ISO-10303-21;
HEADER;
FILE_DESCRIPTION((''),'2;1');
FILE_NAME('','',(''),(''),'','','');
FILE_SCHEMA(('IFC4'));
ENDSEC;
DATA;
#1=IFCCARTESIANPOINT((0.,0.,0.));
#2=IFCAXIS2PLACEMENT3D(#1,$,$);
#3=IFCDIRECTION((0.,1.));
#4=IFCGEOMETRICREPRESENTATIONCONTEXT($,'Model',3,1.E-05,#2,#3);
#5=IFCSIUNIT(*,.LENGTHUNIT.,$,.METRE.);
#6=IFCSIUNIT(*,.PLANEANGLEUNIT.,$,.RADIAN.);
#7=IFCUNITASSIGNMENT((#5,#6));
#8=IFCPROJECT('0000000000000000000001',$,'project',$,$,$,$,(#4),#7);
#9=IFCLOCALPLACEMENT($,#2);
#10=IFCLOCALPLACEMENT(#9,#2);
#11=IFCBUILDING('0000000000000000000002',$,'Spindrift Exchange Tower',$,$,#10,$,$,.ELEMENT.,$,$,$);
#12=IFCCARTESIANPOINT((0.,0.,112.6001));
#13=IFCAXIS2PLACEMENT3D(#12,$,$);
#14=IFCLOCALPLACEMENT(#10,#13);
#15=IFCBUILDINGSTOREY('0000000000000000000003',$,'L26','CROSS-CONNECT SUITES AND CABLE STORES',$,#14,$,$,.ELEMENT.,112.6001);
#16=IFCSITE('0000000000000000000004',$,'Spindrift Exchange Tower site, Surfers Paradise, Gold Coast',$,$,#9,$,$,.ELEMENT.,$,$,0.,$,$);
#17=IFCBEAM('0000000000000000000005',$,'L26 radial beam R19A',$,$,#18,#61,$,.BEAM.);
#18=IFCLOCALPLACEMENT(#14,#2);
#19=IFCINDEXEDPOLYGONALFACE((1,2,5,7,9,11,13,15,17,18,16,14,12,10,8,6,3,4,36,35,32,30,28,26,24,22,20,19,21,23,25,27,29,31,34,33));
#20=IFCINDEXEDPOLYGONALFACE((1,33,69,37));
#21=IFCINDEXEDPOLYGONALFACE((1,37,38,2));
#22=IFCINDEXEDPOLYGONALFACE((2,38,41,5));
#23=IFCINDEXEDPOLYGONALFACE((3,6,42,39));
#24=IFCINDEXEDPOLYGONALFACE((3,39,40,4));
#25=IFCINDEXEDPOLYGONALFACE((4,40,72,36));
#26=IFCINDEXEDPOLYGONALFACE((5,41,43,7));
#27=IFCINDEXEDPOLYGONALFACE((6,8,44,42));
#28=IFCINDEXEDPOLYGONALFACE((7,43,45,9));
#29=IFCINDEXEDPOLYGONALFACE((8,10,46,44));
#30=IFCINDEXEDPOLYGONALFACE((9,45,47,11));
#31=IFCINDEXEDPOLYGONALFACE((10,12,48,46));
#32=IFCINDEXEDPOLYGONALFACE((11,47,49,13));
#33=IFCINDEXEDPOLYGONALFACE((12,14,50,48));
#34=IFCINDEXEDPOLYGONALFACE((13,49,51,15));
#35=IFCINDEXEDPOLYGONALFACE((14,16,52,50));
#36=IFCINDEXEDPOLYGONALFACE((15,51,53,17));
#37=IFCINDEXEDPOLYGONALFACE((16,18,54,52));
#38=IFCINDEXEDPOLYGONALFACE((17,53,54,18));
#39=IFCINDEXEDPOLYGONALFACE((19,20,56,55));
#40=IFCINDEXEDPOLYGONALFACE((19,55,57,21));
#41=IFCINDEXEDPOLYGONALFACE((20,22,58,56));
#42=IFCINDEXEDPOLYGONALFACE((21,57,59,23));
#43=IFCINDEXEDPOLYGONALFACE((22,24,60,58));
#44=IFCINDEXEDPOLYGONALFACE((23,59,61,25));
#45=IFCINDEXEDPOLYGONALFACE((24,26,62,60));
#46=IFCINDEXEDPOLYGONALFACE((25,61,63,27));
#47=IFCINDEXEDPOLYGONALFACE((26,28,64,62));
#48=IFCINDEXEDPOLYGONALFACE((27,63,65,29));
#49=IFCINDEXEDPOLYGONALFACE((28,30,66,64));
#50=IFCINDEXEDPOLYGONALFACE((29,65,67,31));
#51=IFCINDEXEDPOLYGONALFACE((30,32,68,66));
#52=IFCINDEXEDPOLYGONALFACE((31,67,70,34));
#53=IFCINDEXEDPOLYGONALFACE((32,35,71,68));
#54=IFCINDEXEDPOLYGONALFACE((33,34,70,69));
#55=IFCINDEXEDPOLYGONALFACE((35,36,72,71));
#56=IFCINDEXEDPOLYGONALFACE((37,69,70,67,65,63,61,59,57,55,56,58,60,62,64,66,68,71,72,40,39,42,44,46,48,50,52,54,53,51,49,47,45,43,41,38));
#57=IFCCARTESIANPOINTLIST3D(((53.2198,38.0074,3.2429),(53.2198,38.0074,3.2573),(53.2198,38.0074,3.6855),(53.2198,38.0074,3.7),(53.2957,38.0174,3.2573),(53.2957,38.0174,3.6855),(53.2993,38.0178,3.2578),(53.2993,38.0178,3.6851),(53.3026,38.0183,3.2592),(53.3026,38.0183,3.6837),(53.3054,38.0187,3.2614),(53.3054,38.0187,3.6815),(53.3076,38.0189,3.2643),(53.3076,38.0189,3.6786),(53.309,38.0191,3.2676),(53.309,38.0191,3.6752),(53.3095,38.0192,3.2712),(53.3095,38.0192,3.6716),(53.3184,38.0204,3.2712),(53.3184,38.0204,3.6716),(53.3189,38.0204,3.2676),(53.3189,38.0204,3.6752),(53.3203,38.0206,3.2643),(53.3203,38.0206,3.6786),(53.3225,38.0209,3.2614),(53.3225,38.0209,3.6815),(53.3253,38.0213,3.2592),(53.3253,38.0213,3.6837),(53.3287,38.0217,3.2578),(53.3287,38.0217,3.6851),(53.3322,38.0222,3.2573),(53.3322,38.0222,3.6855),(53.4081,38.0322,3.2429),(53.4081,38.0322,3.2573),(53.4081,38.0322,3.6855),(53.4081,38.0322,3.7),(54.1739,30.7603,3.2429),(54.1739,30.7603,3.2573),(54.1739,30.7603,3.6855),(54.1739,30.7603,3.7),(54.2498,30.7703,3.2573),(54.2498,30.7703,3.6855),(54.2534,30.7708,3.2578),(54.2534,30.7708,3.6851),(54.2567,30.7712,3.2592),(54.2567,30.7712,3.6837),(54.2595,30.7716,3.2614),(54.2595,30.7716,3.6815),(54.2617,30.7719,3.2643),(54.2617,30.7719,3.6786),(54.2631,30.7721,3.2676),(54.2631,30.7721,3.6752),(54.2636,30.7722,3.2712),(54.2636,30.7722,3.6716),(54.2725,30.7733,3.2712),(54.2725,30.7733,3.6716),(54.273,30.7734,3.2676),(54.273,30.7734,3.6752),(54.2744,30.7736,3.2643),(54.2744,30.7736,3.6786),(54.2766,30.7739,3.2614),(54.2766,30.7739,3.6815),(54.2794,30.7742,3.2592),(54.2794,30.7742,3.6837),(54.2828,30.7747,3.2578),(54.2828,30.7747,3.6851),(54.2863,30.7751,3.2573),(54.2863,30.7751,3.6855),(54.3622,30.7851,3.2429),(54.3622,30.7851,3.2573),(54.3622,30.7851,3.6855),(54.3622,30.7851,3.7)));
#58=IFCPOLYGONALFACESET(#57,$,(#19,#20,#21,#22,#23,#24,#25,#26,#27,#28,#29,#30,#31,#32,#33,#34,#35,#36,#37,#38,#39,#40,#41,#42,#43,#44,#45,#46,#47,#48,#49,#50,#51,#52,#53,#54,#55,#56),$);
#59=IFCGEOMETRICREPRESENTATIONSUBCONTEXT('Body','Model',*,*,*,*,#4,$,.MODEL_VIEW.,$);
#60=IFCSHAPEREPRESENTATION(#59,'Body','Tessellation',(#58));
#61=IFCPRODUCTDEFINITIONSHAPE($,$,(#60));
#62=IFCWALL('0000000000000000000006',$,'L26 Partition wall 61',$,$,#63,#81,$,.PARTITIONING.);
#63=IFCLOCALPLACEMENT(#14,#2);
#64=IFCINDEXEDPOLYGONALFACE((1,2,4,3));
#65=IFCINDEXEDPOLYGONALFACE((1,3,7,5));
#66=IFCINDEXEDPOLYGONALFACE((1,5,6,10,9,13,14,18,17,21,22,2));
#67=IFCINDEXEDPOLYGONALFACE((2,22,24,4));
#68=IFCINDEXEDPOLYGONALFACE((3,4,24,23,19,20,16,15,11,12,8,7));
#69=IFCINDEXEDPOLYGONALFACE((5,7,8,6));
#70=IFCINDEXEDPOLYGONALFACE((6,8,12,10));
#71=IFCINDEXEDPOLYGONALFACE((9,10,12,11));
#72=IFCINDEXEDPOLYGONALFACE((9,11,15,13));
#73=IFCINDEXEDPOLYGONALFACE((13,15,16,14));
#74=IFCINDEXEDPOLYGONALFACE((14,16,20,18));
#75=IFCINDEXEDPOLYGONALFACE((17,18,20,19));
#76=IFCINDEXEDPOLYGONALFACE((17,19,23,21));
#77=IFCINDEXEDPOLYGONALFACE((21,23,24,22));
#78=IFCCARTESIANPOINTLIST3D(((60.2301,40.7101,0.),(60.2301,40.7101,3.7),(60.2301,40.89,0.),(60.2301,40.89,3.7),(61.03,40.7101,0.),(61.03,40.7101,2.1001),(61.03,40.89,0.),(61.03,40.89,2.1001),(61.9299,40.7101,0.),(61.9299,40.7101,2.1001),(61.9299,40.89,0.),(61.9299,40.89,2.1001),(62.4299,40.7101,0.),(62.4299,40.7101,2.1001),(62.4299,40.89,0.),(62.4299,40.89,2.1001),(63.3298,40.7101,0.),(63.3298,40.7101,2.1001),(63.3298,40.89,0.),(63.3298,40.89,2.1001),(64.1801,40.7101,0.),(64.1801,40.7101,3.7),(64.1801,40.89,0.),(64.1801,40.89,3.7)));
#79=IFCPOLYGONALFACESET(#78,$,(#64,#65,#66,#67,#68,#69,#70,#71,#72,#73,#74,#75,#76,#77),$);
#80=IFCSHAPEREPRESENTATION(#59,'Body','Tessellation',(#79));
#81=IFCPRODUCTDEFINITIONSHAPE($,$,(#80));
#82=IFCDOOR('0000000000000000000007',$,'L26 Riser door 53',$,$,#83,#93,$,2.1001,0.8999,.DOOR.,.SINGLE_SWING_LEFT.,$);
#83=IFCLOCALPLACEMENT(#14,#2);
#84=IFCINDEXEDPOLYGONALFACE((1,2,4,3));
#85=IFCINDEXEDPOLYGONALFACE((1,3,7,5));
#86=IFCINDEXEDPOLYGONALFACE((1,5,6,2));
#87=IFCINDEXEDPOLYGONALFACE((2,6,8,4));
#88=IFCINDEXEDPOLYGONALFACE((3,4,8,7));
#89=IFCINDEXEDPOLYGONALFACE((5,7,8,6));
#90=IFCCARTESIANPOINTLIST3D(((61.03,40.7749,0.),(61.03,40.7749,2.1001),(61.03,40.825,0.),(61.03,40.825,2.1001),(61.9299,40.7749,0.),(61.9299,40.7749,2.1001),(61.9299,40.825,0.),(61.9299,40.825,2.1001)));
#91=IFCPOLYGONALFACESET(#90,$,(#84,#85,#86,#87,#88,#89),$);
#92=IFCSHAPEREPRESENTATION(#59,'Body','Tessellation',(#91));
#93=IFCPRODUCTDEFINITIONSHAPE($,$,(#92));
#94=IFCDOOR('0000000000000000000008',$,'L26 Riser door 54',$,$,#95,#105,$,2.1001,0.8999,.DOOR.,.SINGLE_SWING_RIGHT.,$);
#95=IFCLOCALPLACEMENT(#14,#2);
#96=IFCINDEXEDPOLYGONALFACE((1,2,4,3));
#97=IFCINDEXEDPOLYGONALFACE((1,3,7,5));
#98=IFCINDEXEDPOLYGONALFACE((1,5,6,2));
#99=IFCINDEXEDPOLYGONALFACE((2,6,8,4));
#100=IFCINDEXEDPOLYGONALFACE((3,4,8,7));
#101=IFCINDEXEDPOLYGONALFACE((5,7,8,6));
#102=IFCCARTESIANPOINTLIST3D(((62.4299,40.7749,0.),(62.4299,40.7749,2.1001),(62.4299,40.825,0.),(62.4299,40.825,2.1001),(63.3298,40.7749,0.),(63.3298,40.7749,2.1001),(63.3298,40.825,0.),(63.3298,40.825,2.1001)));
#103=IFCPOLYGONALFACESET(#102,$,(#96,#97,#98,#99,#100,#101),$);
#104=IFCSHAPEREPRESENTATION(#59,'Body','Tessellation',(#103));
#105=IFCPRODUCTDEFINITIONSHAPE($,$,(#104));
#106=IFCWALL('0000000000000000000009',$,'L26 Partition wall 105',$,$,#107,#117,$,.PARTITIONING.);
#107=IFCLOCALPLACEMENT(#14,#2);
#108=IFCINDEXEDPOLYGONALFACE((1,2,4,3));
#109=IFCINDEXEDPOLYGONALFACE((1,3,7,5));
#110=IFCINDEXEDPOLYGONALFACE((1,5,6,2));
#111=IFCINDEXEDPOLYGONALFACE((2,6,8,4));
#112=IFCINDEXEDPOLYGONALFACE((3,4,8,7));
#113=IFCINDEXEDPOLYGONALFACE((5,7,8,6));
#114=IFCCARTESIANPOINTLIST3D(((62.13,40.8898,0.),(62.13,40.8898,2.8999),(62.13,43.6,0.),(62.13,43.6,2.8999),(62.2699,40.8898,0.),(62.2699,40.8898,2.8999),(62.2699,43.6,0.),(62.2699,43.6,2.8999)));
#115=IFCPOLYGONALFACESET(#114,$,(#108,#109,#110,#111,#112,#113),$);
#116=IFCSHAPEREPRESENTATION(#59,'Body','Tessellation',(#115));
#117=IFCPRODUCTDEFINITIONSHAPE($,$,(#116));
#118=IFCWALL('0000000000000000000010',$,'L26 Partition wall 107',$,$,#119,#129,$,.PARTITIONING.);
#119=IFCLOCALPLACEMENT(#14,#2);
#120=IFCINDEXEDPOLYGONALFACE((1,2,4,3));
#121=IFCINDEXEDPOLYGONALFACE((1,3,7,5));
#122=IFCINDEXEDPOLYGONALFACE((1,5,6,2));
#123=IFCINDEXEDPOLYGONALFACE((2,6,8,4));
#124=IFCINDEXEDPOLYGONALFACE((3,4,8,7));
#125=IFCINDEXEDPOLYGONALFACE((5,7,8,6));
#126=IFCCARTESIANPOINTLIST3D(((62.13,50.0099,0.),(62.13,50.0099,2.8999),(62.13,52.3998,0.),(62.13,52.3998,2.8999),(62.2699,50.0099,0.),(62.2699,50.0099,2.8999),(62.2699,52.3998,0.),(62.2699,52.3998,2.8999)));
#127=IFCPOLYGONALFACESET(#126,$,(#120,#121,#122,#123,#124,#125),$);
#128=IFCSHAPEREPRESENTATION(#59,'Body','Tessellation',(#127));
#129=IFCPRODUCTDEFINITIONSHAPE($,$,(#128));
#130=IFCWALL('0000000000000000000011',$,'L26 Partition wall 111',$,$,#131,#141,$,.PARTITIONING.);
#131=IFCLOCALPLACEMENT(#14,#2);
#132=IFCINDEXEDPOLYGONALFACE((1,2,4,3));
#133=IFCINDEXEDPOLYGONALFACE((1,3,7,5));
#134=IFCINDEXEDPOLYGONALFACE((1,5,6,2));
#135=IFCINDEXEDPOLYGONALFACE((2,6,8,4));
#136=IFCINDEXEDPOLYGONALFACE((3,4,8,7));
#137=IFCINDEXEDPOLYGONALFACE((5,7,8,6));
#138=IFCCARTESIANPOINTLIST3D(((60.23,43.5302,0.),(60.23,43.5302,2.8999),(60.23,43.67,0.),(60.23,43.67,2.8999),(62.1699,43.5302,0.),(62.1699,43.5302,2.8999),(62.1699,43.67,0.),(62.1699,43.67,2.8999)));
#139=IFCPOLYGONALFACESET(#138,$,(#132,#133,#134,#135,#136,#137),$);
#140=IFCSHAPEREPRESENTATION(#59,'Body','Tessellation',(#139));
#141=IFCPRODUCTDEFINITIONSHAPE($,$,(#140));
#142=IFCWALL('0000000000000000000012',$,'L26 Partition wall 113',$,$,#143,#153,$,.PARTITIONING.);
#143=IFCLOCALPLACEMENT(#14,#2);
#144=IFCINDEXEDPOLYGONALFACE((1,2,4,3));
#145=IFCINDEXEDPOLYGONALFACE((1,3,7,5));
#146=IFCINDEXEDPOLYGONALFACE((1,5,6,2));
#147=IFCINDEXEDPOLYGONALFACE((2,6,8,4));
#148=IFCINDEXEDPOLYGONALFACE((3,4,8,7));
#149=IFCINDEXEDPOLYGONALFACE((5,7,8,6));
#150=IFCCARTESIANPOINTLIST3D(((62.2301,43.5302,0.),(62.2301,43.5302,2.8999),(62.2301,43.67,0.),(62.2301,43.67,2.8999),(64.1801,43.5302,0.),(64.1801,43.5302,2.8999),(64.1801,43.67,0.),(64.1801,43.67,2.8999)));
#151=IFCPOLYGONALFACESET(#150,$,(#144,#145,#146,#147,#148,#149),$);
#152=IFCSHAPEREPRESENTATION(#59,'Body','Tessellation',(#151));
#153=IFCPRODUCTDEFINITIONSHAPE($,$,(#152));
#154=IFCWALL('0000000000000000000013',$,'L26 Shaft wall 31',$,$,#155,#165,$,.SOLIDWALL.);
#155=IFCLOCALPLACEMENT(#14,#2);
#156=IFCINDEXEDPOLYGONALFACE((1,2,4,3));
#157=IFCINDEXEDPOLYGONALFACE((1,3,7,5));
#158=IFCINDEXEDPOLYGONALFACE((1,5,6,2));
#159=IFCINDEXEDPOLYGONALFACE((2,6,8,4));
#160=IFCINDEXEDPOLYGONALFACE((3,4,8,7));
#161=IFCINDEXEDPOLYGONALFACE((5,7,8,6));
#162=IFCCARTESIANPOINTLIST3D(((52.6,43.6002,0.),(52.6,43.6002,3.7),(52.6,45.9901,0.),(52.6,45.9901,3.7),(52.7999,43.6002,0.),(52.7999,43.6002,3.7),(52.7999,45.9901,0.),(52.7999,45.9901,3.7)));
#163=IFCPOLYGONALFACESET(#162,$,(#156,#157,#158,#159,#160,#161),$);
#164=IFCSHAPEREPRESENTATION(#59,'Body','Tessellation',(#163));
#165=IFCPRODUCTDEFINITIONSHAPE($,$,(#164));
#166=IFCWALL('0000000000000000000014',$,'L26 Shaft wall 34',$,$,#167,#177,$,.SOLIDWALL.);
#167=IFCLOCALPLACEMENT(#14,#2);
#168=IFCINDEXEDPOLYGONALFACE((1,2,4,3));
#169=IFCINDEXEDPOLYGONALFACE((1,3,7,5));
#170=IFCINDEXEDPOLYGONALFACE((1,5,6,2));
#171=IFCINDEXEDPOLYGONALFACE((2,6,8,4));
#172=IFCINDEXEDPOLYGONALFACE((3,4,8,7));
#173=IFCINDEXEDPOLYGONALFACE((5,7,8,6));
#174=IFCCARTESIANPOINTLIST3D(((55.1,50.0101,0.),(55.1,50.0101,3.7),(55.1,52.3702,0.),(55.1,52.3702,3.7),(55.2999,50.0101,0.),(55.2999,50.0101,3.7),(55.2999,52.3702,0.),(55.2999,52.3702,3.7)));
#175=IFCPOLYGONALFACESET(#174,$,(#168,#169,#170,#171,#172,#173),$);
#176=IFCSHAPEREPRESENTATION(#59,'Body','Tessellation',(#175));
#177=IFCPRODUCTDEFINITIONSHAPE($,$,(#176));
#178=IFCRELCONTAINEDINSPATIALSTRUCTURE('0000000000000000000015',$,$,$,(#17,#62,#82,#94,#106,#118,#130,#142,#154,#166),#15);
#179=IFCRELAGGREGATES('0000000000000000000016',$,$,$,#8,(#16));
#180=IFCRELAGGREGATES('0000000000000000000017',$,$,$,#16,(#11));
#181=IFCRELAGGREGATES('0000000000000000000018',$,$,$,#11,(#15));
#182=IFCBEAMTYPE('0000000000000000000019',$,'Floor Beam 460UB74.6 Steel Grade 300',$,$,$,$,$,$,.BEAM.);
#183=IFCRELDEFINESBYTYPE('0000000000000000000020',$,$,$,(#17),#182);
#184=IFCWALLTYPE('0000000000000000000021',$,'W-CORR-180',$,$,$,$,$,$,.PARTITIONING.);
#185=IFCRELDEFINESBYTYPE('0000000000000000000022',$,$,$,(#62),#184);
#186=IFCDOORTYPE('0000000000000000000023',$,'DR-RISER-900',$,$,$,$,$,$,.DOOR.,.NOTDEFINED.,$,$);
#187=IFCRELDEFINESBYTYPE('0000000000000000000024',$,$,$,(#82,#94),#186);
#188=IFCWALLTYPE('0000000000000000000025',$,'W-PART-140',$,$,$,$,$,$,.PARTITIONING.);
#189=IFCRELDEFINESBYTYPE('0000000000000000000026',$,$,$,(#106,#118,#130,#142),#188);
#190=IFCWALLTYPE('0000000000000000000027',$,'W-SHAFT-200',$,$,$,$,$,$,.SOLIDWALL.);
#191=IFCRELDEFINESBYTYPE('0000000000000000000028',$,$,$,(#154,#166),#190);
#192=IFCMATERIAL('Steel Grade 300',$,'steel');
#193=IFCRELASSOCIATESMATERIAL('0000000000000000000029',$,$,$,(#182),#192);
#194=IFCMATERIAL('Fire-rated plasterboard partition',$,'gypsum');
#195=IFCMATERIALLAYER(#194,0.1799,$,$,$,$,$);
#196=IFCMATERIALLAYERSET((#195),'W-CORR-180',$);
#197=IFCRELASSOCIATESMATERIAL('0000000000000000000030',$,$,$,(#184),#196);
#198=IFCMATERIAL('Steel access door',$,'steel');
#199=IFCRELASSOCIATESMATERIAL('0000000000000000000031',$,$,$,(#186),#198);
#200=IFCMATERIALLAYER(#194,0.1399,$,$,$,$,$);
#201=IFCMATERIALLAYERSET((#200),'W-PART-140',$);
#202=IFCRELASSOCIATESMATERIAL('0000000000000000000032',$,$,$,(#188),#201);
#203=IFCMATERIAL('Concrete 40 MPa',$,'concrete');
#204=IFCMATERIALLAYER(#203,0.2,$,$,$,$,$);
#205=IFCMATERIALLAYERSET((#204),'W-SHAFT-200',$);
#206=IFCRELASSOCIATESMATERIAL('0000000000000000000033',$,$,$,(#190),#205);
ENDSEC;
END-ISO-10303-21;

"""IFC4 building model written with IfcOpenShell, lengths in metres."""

from ifc_helpers import new_model, si_unit, direction, frame, frame_2d, origin, origin_2d, place, context, subcontext, project, spatial, rectangle, i_section, extrude, source, transform, mapped, material, layer, layer_set, material_profile, profile_set, type_object, element, fill, save


model = new_model("IFC4")

# Units and contexts
model_context = context("Model", 3, precision=1e-05, world=origin(), true_north=direction((0.0, 1.0)))
body_context = subcontext(model_context, "Body", "Model", "MODEL_VIEW")
ifc_project = project(units=[si_unit("LENGTHUNIT", "METRE"), si_unit("PLANEANGLEUNIT", "RADIAN")], contexts=[model_context])

# Site, building, storey
site_placement = place(None, origin())
site = spatial("IfcSite", under=ifc_project, at=site_placement, Name="Spindrift Exchange Tower site, Surfers Paradise, Gold Coast", CompositionType="ELEMENT", RefElevation=0.0)
building_placement = place(site_placement, origin())
building = spatial("IfcBuilding", under=site, at=building_placement, Name="Spindrift Exchange Tower", CompositionType="ELEMENT")
storey_placement = place(building_placement, frame((0.0, 0.0, 112.6001)))
storey = spatial("IfcBuildingStorey", under=building, at=storey_placement, Name="L26", Description="CROSS-CONNECT SUITES AND CABLE STORES", CompositionType="ELEMENT", Elevation=112.6001)

# Beam
ifc_material_1 = material(Name="Steel Grade 300", Category="steel")
ifc_material_profile = material_profile(ifc_material_1, i_section(OverallWidth=0.1899, OverallDepth=0.457, WebThickness=0.009, FlangeThickness=0.0144, FilletRadius=0.0139, at=origin_2d()), Name="460UB74.6")
ifc_profile_set = profile_set([ifc_material_profile], Name="Steel Grade 300")
beam_type = type_object("IfcBeamType", Name="Floor Beam 460UB74.6 Steel Grade 300", PredefinedType="BEAM", material=ifc_profile_set)
shared_shape_1 = source(origin(), body_context, "Body", "SweptSolid", [
    extrude(i_section(OverallWidth=0.1899, OverallDepth=0.457, WebThickness=0.009, FlangeThickness=0.0144, FilletRadius=0.0139, at=origin_2d()), origin(), (0.0, 0.0, 1.0), 7.3096),
])
beam_placement = place(storey_placement, frame((53.314, 38.0198, 3.4714), z_axis=(0.130527, -0.991445, 0.0), x_axis=(0.991445, 0.130527, 0.0)))
element("IfcBeam", 1, at=beam_placement, inside=storey, type_object=beam_type, Name="L26 radial beam R19A", PredefinedType="BEAM", context=body_context, shape_type="MappedRepresentation", body=[
    mapped(shared_shape_1, transform((0.0, 0.0, 0.0), scale=1.0)),
])

# Wall, openings, doors
ifc_material_2 = material(Name="Fire-rated plasterboard partition", Category="gypsum")
ifc_layer_1 = layer(ifc_material_2, 0.1799)
ifc_layer_set_1 = layer_set([ifc_layer_1], Name="W-CORR-180")
wall_type_1 = type_object("IfcWallType", Name="W-CORR-180", PredefinedType="PARTITIONING", material=ifc_layer_set_1)
wall_1_placement = place(storey_placement, frame((60.23, 40.8, 0.0), z_axis=(0.0, 0.0, 1.0), x_axis=(1.0, 0.0, 0.0)))
wall_1 = element("IfcWall", 2, at=wall_1_placement, inside=storey, type_object=wall_type_1, Name="L26 Partition wall 61", PredefinedType="PARTITIONING", context=body_context, shape_type="SweptSolid", body=[
    extrude(rectangle(XDim=3.95, YDim=0.1799, at=frame_2d((1.9751, 0.0))), origin(), (0.0, 0.0, 1.0), 3.7),
])
opening_1_placement = place(wall_1_placement, frame((0.8, 0.0, 0.0)))
opening_1 = element("IfcOpeningElement", 3, at=opening_1_placement, cuts=wall_1, PredefinedType="OPENING", context=body_context, shape_type="SweptSolid", body=[
    extrude(rectangle(XDim=0.8999, YDim=2.1001, at=frame_2d((0.45, 1.05))), frame((0.0, 0.0999, 0.0), z_axis=(0.0, -1.0, 0.0), x_axis=(1.0, 0.0, 0.0)), (0.0, 0.0, 1.0), 0.2),
])
opening_2_placement = place(wall_1_placement, frame((2.2, 0.0, 0.0)))
opening_2 = element("IfcOpeningElement", 4, at=opening_2_placement, cuts=wall_1, PredefinedType="OPENING", context=body_context, shape_type="SweptSolid", body=[
    extrude(rectangle(XDim=0.8999, YDim=2.1001, at=frame_2d((0.45, 1.05))), frame((0.0, 0.0999, 0.0), z_axis=(0.0, -1.0, 0.0), x_axis=(1.0, 0.0, 0.0)), (0.0, 0.0, 1.0), 0.2),
])
ifc_material_3 = material(Name="Steel access door", Category="steel")
door_type_1 = type_object("IfcDoorType", Name="DR-RISER-900", OperationType="NOTDEFINED", PredefinedType="DOOR", material=ifc_material_3)
shared_shape_2 = source(origin(), body_context, "Body", "SweptSolid", [
    extrude(rectangle(XDim=0.8999, YDim=2.1001, at=frame_2d((0.45, 1.05))), frame((0.0, 0.0249, 0.0), z_axis=(0.0, -1.0, 0.0), x_axis=(1.0, 0.0, 0.0)), (0.0, 0.0, 1.0), 0.05),
])
door_1_placement = place(opening_1_placement, origin())
door_1 = element("IfcDoor", 5, at=door_1_placement, inside=storey, type_object=door_type_1, Name="L26 Riser door 53", OperationType="SINGLE_SWING_LEFT", OverallHeight=2.1001, OverallWidth=0.8999, PredefinedType="DOOR", context=body_context, shape_type="MappedRepresentation", body=[
    mapped(shared_shape_2, transform((0.0, 0.0, 0.0), scale=1.0)),
])
fill(opening_1, door_1)
door_2_placement = place(opening_2_placement, origin())
door_2 = element("IfcDoor", 6, at=door_2_placement, inside=storey, type_object=door_type_1, Name="L26 Riser door 54", OperationType="SINGLE_SWING_RIGHT", OverallHeight=2.1001, OverallWidth=0.8999, PredefinedType="DOOR", context=body_context, shape_type="MappedRepresentation", body=[
    mapped(shared_shape_2, transform((0.0, 0.0, 0.0), scale=1.0)),
])
fill(opening_2, door_2)

# Walls
ifc_layer_2 = layer(ifc_material_2, 0.1399)
ifc_layer_set_2 = layer_set([ifc_layer_2], Name="W-PART-140")
wall_type_2 = type_object("IfcWallType", Name="W-PART-140", PredefinedType="PARTITIONING", material=ifc_layer_set_2)
wall_2_placement = place(storey_placement, frame((62.2, 40.8899, 0.0), z_axis=(0.0, 0.0, 1.0), x_axis=(0.0, 1.0, 0.0)))
element("IfcWall", 7, at=wall_2_placement, inside=storey, type_object=wall_type_2, Name="L26 Partition wall 105", PredefinedType="PARTITIONING", context=body_context, shape_type="SweptSolid", body=[
    extrude(rectangle(XDim=2.7102, YDim=0.1399, at=frame_2d((1.355, 0.0))), origin(), (0.0, 0.0, 1.0), 2.8999),
])
wall_3_placement = place(storey_placement, frame((62.2, 50.01, 0.0), z_axis=(0.0, 0.0, 1.0), x_axis=(0.0, 1.0, 0.0)))
element("IfcWall", 8, at=wall_3_placement, inside=storey, type_object=wall_type_2, Name="L26 Partition wall 107", PredefinedType="PARTITIONING", context=body_context, shape_type="SweptSolid", body=[
    extrude(rectangle(XDim=2.3899, YDim=0.1399, at=frame_2d((1.1948, 0.0))), origin(), (0.0, 0.0, 1.0), 2.8999),
])
wall_4_placement = place(storey_placement, frame((60.23, 43.6001, 0.0), z_axis=(0.0, 0.0, 1.0), x_axis=(1.0, 0.0, 0.0)))
element("IfcWall", 9, at=wall_4_placement, inside=storey, type_object=wall_type_2, Name="L26 Partition wall 111", PredefinedType="PARTITIONING", context=body_context, shape_type="SweptSolid", body=[
    extrude(rectangle(XDim=1.9399, YDim=0.1399, at=frame_2d((0.97, 0.0))), origin(), (0.0, 0.0, 1.0), 2.8999),
])
wall_5_placement = place(storey_placement, frame((62.23, 43.6001, 0.0), z_axis=(0.0, 0.0, 1.0), x_axis=(1.0, 0.0, 0.0)))
element("IfcWall", 10, at=wall_5_placement, inside=storey, type_object=wall_type_2, Name="L26 Partition wall 113", PredefinedType="PARTITIONING", context=body_context, shape_type="SweptSolid", body=[
    extrude(rectangle(XDim=1.95, YDim=0.1399, at=frame_2d((0.9751, 0.0))), origin(), (0.0, 0.0, 1.0), 2.8999),
])
ifc_material_4 = material(Name="Concrete 40 MPa", Category="concrete")
ifc_layer_3 = layer(ifc_material_4, 0.2)
ifc_layer_set_3 = layer_set([ifc_layer_3], Name="W-SHAFT-200")
wall_type_3 = type_object("IfcWallType", Name="W-SHAFT-200", PredefinedType="SOLIDWALL", material=ifc_layer_set_3)
wall_6_placement = place(storey_placement, frame((52.7, 45.99, 0.0), z_axis=(0.0, 0.0, 1.0), x_axis=(0.0, -1.0, 0.0)))
element("IfcWall", 11, at=wall_6_placement, inside=storey, type_object=wall_type_3, Name="L26 Shaft wall 31", PredefinedType="SOLIDWALL", context=body_context, shape_type="SweptSolid", body=[
    extrude(rectangle(XDim=2.3899, YDim=0.2, at=frame_2d((1.1948, 0.0))), origin(), (0.0, 0.0, 1.0), 3.7),
])
wall_7_placement = place(storey_placement, frame((55.2, 50.01, 0.0), z_axis=(0.0, 0.0, 1.0), x_axis=(0.0, 1.0, 0.0)))
element("IfcWall", 12, at=wall_7_placement, inside=storey, type_object=wall_type_3, Name="L26 Shaft wall 34", PredefinedType="SOLIDWALL", context=body_context, shape_type="SweptSolid", body=[
    extrude(rectangle(XDim=2.3601, YDim=0.2, at=frame_2d((1.1802, 0.0))), origin(), (0.0, 0.0, 1.0), 3.7),
])

save(model, "model.ifc")
